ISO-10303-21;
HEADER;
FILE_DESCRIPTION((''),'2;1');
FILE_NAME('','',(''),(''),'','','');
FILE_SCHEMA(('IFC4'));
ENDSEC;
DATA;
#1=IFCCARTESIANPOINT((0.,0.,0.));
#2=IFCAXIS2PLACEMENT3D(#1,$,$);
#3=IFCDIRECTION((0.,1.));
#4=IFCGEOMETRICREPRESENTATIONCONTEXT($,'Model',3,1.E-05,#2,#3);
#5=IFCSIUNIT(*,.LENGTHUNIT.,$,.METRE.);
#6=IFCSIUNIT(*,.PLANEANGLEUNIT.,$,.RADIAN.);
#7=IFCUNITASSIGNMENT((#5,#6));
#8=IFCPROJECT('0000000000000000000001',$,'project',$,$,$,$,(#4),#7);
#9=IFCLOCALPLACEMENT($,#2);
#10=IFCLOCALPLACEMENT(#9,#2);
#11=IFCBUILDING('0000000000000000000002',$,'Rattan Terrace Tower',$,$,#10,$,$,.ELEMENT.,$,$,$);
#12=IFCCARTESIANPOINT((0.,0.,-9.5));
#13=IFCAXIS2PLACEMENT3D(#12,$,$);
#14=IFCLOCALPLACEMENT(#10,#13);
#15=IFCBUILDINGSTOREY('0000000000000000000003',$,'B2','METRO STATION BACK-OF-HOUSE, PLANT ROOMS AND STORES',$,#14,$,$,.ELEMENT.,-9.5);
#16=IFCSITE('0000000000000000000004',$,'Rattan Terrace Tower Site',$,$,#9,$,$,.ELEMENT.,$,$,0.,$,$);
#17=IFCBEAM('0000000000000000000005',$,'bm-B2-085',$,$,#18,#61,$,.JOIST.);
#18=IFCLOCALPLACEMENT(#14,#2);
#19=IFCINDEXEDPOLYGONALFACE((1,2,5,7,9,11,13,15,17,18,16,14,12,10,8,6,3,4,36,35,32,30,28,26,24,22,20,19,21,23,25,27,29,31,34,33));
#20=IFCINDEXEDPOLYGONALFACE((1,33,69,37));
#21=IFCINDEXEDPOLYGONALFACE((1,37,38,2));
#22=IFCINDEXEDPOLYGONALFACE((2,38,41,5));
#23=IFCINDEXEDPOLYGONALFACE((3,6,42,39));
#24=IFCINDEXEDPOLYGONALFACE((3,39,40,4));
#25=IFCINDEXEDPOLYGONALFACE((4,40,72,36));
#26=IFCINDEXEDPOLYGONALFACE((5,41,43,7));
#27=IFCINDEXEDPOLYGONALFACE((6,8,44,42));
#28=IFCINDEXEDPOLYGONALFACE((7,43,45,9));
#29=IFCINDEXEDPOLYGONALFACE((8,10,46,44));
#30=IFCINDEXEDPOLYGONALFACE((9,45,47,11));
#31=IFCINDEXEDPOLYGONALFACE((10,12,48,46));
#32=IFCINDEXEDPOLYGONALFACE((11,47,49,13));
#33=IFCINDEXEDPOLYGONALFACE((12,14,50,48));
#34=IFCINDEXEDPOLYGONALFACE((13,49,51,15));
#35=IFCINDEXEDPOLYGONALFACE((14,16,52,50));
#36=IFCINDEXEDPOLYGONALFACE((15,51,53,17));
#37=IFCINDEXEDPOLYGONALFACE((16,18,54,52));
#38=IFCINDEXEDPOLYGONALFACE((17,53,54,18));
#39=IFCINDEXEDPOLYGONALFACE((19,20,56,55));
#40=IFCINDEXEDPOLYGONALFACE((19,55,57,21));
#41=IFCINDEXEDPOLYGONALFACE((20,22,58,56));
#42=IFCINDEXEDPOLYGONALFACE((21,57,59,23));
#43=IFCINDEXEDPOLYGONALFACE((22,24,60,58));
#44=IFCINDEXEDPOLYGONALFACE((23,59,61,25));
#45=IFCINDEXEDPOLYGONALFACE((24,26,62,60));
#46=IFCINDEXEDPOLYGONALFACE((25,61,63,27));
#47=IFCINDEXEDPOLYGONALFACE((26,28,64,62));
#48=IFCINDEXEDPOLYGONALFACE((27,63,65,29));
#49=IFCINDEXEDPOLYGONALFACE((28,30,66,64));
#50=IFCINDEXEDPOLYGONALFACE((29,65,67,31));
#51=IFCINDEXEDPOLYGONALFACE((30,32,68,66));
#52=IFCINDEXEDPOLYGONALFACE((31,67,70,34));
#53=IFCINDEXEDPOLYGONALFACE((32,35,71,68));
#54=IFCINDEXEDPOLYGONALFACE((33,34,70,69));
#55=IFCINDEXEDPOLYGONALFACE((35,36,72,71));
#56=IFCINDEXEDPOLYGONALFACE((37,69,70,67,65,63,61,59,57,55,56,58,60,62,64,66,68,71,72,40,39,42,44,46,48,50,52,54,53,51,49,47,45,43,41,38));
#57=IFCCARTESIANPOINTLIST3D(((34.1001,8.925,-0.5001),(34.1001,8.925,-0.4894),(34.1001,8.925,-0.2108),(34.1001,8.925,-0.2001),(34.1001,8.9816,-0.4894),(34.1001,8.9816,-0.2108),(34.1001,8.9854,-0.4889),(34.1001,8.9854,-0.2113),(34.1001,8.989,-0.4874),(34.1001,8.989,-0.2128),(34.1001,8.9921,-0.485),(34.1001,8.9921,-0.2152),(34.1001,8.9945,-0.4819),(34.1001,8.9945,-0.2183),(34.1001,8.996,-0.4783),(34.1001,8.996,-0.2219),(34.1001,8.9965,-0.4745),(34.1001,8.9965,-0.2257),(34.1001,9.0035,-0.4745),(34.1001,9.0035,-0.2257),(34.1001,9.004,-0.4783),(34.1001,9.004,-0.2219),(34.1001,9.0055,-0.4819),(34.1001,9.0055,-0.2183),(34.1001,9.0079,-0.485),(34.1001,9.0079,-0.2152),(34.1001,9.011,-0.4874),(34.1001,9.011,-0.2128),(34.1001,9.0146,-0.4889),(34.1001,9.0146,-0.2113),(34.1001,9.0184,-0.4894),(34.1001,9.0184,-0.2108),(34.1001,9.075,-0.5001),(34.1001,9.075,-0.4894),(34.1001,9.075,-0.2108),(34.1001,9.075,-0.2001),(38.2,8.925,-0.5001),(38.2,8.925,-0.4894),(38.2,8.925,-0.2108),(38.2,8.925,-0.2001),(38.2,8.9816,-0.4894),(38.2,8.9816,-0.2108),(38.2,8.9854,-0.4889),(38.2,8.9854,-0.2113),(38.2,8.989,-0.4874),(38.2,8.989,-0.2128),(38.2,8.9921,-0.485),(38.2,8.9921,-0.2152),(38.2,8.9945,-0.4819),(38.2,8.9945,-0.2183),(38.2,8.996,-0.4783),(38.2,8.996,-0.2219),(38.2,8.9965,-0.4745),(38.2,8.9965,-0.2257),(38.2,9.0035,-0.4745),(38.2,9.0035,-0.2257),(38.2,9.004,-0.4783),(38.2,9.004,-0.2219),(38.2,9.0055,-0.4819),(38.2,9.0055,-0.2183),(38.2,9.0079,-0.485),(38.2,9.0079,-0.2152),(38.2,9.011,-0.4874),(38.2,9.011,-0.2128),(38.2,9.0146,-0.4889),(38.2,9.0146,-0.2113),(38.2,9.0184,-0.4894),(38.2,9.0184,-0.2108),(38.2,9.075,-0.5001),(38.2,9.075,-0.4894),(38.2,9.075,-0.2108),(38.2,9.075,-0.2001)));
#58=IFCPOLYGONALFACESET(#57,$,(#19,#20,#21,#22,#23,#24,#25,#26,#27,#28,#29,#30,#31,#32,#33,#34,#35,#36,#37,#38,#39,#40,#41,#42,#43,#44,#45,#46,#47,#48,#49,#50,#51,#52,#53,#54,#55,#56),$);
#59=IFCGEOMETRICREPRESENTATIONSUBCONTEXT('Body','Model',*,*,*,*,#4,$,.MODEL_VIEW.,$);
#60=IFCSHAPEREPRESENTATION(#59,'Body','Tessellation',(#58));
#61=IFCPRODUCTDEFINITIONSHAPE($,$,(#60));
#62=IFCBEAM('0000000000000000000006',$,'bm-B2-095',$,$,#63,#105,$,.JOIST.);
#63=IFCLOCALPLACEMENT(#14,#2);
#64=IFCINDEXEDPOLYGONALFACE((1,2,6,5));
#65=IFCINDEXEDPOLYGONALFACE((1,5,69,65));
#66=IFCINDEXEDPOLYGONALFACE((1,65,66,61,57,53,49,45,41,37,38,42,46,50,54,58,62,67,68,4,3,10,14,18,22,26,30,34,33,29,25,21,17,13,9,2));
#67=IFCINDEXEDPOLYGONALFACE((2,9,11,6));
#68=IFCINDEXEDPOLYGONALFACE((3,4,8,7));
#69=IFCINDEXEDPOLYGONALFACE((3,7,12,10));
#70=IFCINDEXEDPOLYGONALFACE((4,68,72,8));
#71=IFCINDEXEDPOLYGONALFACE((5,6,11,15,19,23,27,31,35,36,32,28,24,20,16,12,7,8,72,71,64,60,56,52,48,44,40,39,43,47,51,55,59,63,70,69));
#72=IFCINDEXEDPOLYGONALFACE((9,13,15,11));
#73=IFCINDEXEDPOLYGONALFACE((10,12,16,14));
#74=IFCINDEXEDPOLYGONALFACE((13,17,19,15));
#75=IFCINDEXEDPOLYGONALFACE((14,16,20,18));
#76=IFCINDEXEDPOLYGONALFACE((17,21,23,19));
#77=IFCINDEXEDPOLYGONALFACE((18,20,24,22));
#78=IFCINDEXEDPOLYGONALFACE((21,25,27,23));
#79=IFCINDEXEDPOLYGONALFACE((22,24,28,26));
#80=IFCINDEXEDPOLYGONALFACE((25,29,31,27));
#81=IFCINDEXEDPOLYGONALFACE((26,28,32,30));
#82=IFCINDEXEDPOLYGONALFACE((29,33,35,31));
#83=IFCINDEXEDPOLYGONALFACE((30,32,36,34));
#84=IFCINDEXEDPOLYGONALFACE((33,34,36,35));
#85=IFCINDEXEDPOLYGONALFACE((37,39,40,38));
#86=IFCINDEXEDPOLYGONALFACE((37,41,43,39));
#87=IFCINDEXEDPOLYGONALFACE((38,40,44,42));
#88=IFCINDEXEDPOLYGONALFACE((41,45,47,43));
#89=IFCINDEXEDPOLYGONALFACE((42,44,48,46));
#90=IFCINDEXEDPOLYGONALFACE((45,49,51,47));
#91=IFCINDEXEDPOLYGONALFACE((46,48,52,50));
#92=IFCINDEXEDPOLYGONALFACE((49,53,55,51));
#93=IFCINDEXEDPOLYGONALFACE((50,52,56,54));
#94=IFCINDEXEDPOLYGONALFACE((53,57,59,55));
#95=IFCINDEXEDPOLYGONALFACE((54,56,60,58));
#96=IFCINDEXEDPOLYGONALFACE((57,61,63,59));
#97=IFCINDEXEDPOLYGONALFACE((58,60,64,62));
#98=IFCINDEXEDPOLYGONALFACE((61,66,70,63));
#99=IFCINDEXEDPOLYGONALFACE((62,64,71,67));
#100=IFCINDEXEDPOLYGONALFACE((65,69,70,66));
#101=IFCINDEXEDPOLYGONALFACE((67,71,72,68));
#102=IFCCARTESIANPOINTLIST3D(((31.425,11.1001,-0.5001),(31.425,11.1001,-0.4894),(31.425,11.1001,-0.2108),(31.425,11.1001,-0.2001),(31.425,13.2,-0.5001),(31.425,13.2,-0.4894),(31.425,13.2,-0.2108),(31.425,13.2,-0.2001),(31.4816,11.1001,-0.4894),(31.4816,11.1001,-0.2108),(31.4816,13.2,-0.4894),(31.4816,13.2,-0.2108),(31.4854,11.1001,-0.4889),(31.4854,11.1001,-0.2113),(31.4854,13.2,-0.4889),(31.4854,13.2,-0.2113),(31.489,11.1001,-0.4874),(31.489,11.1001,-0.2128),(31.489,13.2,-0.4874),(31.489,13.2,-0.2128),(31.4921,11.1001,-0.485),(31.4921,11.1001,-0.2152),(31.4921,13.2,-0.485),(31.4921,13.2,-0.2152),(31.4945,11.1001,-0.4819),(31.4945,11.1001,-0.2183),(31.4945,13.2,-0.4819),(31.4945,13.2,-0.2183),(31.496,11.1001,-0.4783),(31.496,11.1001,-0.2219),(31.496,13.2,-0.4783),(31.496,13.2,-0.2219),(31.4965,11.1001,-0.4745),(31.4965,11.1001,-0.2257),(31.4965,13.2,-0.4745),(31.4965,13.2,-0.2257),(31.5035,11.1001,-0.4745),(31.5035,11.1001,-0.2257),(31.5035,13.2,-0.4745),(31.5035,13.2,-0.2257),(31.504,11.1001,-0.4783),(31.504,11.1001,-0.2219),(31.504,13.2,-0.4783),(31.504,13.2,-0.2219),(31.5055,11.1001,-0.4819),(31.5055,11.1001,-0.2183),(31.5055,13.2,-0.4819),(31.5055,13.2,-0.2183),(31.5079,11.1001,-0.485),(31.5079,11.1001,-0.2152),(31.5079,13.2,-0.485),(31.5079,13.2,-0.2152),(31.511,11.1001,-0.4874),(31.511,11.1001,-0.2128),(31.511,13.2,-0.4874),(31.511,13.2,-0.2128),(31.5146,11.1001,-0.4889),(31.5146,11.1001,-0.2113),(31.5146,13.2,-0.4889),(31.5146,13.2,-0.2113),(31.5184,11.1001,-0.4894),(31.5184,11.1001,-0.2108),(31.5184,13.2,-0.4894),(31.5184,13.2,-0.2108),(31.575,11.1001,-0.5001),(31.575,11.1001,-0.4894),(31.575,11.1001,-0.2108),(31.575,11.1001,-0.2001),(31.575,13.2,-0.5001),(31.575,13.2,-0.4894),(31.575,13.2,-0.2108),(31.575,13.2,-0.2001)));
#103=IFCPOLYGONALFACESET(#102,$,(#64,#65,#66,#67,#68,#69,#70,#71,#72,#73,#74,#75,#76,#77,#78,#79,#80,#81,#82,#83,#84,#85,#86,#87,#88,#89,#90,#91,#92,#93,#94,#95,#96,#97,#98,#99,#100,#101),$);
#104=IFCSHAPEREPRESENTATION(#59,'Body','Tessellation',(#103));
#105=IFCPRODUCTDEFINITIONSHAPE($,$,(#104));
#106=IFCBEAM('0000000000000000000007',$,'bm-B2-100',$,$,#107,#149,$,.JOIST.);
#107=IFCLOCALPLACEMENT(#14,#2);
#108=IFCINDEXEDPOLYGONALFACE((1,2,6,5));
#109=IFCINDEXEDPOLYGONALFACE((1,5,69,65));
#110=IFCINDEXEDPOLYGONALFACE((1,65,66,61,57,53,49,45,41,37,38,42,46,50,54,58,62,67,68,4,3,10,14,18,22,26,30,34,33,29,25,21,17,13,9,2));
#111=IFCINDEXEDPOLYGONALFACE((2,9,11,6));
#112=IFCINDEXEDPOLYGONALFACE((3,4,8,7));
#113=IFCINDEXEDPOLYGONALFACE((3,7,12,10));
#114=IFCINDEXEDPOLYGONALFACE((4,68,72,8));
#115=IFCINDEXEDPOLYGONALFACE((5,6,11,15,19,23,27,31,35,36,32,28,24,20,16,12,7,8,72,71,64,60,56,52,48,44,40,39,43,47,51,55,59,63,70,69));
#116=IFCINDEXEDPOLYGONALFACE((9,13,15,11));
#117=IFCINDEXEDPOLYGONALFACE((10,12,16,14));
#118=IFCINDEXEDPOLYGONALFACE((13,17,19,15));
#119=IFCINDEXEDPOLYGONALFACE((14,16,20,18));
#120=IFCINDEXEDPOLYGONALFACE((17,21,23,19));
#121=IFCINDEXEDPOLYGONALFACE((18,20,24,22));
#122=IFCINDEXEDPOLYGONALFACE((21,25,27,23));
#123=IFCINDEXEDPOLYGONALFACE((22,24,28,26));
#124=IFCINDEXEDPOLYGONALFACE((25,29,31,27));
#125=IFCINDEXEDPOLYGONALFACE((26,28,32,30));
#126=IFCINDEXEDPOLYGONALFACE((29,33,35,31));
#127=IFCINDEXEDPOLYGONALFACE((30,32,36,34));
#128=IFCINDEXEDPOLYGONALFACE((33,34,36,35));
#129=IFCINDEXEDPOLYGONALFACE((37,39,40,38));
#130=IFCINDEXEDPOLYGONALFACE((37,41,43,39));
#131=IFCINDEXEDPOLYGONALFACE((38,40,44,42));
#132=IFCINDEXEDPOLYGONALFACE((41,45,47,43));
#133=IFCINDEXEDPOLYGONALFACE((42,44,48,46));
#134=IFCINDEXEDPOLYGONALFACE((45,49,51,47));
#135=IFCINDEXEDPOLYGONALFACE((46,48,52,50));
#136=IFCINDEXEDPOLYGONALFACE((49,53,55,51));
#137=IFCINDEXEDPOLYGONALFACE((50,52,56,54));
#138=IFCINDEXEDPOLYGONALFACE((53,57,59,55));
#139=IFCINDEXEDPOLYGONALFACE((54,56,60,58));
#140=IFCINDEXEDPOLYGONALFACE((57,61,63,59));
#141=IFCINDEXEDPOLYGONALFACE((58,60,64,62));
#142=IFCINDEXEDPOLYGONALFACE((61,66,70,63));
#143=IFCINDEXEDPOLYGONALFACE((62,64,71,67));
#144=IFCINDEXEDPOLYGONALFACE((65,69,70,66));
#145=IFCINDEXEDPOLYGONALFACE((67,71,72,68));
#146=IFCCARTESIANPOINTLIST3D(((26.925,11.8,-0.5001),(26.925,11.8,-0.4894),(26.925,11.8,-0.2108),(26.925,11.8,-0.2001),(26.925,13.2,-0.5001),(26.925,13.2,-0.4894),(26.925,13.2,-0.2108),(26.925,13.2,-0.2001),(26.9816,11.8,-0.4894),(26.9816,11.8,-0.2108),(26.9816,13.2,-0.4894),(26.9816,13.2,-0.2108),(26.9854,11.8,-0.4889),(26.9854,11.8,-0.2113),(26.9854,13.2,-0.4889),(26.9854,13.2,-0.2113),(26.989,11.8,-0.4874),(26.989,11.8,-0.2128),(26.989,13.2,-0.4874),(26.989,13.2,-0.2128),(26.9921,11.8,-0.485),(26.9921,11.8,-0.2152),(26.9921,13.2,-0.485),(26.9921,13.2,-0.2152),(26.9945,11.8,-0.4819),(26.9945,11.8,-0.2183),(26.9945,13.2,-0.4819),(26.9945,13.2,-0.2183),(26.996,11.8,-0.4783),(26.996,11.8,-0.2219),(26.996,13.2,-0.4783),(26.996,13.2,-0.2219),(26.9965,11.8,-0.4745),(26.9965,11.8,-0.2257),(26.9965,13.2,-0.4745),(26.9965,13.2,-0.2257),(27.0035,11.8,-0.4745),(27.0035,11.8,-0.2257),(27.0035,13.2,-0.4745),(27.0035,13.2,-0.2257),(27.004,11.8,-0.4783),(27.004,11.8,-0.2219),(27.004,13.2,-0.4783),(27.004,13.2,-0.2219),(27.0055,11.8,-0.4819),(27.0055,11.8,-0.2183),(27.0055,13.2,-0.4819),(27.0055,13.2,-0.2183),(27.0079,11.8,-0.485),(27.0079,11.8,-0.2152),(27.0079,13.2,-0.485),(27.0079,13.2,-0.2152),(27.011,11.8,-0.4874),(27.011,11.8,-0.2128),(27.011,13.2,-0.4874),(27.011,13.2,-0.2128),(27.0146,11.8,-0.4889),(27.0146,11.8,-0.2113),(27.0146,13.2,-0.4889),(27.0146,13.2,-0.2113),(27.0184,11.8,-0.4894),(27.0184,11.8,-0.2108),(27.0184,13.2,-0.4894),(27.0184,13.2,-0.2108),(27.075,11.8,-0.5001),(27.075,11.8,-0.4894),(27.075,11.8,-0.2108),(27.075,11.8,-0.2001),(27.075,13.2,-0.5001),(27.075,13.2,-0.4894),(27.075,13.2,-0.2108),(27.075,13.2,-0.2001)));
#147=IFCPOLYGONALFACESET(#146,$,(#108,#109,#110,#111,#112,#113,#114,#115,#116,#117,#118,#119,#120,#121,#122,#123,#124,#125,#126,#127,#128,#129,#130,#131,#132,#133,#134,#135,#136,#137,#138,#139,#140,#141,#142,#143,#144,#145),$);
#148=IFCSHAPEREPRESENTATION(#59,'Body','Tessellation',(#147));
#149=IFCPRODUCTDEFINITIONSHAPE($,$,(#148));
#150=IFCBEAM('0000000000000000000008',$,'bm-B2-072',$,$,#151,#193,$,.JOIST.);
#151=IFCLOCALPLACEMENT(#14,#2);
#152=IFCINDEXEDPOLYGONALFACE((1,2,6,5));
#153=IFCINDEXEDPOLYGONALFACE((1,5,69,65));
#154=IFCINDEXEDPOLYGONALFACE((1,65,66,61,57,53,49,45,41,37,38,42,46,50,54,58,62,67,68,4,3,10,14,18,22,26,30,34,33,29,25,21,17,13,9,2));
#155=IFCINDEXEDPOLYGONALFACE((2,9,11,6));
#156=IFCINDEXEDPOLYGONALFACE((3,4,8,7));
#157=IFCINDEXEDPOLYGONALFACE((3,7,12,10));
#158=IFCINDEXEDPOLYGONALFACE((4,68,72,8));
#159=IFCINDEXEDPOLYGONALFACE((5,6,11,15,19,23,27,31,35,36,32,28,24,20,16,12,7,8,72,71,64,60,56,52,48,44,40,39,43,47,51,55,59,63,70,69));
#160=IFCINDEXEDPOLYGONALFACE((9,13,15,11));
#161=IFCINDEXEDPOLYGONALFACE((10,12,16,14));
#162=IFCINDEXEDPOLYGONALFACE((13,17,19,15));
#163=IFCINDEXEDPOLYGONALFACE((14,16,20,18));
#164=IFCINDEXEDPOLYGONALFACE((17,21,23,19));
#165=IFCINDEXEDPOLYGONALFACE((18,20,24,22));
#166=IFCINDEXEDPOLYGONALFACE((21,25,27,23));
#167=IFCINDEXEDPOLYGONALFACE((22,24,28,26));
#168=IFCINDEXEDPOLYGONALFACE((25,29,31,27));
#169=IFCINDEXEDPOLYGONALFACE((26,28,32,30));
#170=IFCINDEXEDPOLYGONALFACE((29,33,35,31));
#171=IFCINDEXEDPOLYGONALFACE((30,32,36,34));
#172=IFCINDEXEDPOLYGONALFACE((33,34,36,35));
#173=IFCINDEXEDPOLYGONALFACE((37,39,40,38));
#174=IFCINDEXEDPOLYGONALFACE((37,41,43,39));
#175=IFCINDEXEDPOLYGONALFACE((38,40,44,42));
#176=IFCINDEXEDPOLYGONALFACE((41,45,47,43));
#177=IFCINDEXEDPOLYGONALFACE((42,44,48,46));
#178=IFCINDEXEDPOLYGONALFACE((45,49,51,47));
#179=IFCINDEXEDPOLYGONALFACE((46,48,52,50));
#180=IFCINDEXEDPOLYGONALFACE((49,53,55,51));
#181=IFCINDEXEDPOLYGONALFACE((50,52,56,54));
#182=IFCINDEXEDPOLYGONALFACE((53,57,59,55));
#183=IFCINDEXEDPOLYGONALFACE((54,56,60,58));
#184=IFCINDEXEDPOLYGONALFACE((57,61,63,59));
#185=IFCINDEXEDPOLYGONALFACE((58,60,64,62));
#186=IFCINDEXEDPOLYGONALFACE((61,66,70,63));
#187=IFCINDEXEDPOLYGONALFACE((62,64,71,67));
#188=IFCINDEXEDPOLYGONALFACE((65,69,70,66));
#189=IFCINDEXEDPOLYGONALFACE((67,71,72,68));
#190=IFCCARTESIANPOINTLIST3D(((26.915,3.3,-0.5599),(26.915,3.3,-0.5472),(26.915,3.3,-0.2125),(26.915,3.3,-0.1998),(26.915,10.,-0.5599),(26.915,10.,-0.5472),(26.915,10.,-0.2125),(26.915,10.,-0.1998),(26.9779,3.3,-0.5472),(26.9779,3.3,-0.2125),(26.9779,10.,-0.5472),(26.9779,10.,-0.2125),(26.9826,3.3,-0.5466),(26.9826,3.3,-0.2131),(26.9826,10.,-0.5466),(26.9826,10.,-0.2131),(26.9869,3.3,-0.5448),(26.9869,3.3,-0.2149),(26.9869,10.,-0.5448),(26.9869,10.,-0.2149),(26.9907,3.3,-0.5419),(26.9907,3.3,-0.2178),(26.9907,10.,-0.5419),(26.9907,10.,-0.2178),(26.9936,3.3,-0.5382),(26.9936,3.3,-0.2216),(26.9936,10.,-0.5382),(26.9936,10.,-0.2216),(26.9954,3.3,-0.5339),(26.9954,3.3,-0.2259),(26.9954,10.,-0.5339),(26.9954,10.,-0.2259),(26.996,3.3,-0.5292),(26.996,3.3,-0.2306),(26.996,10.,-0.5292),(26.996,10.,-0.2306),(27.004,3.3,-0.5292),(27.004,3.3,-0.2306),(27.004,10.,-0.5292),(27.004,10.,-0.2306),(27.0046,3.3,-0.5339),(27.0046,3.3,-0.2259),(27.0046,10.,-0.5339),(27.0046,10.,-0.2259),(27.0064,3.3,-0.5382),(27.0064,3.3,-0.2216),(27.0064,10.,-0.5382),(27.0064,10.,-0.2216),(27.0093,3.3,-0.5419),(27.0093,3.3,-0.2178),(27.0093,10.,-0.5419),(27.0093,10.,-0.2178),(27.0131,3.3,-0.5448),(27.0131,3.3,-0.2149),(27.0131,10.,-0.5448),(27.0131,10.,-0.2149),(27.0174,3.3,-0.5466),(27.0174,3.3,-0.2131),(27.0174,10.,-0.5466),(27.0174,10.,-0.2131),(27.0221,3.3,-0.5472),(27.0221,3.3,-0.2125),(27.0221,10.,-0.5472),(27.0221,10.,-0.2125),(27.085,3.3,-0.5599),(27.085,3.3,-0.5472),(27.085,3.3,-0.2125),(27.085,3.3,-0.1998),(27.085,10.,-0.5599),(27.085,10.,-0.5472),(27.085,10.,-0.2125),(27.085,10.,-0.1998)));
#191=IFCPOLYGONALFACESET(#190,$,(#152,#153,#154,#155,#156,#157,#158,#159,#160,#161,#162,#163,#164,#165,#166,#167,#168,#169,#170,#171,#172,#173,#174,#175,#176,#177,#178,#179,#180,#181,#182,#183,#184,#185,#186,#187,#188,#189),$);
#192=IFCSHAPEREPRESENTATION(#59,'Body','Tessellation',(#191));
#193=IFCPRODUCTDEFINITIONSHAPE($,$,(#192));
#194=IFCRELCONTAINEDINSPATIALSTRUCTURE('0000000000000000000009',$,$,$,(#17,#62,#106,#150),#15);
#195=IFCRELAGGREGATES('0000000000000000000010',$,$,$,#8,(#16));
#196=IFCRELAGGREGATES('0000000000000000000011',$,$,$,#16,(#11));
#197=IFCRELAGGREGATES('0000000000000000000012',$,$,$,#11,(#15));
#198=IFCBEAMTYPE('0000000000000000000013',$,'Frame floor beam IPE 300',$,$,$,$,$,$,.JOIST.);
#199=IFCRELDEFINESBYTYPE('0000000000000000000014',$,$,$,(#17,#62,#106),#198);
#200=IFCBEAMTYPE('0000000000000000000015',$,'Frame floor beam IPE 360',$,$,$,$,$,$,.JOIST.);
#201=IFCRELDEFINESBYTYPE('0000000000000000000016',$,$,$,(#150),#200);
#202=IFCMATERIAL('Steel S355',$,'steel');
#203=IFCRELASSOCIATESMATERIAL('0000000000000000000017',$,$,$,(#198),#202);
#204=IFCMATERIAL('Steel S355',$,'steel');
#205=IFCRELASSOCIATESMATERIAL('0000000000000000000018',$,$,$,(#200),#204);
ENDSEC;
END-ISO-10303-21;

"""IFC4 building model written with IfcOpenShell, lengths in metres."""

from ifc_helpers import new_model, si_unit, direction, frame, origin, origin_2d, place, context, subcontext, project, spatial, i_section, extrude, material, material_profile, profile_set, type_object, element, save


model = new_model("IFC4")

# Units and contexts
model_context = context("Model", 3, precision=1e-05, world=origin(), true_north=direction((0.0, 1.0)))
body_context = subcontext(model_context, "Body", "Model", "MODEL_VIEW")
ifc_project = project(units=[si_unit("LENGTHUNIT", "METRE"), si_unit("PLANEANGLEUNIT", "RADIAN")], contexts=[model_context])

# Site, building, storey
site_placement = place(None, origin())
site = spatial("IfcSite", under=ifc_project, at=site_placement, Name="Rattan Terrace Tower Site", CompositionType="ELEMENT", RefElevation=0.0)
building_placement = place(site_placement, origin())
building = spatial("IfcBuilding", under=site, at=building_placement, Name="Rattan Terrace Tower", CompositionType="ELEMENT")
storey_placement = place(building_placement, frame((0.0, 0.0, -9.5)))
storey = spatial("IfcBuildingStorey", under=building, at=storey_placement, Name="B2", Description="METRO STATION BACK-OF-HOUSE, PLANT ROOMS AND STORES", CompositionType="ELEMENT", Elevation=-9.5)

# Beams
ifc_material_1 = material(Name="Steel S355", Category="steel")
ifc_material_profile_1 = material_profile(ifc_material_1, i_section(OverallWidth=0.1499, OverallDepth=0.3, WebThickness=0.0071, FlangeThickness=0.0107, FilletRadius=0.0149, at=origin_2d()), Name="IPE 300")
ifc_profile_set_1 = profile_set([ifc_material_profile_1], Name="Steel S355")
beam_type_1 = type_object("IfcBeamType", Name="Frame floor beam IPE 300", PredefinedType="JOIST", material=ifc_profile_set_1)
for number, where, z_axis, x_axis, name in (
    (1, (34.1001, 9.0, -0.3501), (1.0, 0.0, 0.0), (0.0, 1.0, 0.0), "bm-B2-085"),
):
    element("IfcBeam", number, at=place(storey_placement, frame(where, z_axis=z_axis, x_axis=x_axis)), inside=storey, type_object=beam_type_1, Name=name, PredefinedType="JOIST", context=body_context, shape_type="SweptSolid", body=[
        extrude(i_section(OverallWidth=0.1499, OverallDepth=0.3, WebThickness=0.0071, FlangeThickness=0.0107, FilletRadius=0.0149, at=origin_2d()), origin(), (0.0, 0.0, 1.0), 4.0999),
    ])
beam_1_placement = place(storey_placement, frame((31.5, 11.1001, -0.3501), z_axis=(0.0, 1.0, 0.0), x_axis=(-1.0, 0.0, 0.0)))
element("IfcBeam", 2, at=beam_1_placement, inside=storey, type_object=beam_type_1, Name="bm-B2-095", PredefinedType="JOIST", context=body_context, shape_type="SweptSolid", body=[
    extrude(i_section(OverallWidth=0.1499, OverallDepth=0.3, WebThickness=0.0071, FlangeThickness=0.0107, FilletRadius=0.0149, at=origin_2d()), origin(), (0.0, 0.0, 1.0), 2.0999),
])
beam_2_placement = place(storey_placement, frame((27.0, 11.8, -0.3501), z_axis=(0.0, 1.0, 0.0), x_axis=(-1.0, 0.0, 0.0)))
element("IfcBeam", 3, at=beam_2_placement, inside=storey, type_object=beam_type_1, Name="bm-B2-100", PredefinedType="JOIST", context=body_context, shape_type="SweptSolid", body=[
    extrude(i_section(OverallWidth=0.1499, OverallDepth=0.3, WebThickness=0.0071, FlangeThickness=0.0107, FilletRadius=0.0149, at=origin_2d()), origin(), (0.0, 0.0, 1.0), 1.3999),
])
ifc_material_2 = material(Name="Steel S355", Category="steel")
ifc_material_profile_2 = material_profile(ifc_material_2, i_section(OverallWidth=0.1699, OverallDepth=0.3601, WebThickness=0.0081, FlangeThickness=0.0127, FilletRadius=0.0181, at=origin_2d()), Name="IPE 360")
ifc_profile_set_2 = profile_set([ifc_material_profile_2], Name="Steel S355")
beam_type_2 = type_object("IfcBeamType", Name="Frame floor beam IPE 360", PredefinedType="JOIST", material=ifc_profile_set_2)
beam_3_placement = place(storey_placement, frame((27.0, 3.3, -0.3799), z_axis=(0.0, 1.0, 0.0), x_axis=(-1.0, 0.0, 0.0)))
element("IfcBeam", 4, at=beam_3_placement, inside=storey, type_object=beam_type_2, Name="bm-B2-072", PredefinedType="JOIST", context=body_context, shape_type="SweptSolid", body=[
    extrude(i_section(OverallWidth=0.1699, OverallDepth=0.3601, WebThickness=0.0081, FlangeThickness=0.0127, FilletRadius=0.0181, at=origin_2d()), origin(), (0.0, 0.0, 1.0), 6.7),
])

save(model, "model.ifc")
